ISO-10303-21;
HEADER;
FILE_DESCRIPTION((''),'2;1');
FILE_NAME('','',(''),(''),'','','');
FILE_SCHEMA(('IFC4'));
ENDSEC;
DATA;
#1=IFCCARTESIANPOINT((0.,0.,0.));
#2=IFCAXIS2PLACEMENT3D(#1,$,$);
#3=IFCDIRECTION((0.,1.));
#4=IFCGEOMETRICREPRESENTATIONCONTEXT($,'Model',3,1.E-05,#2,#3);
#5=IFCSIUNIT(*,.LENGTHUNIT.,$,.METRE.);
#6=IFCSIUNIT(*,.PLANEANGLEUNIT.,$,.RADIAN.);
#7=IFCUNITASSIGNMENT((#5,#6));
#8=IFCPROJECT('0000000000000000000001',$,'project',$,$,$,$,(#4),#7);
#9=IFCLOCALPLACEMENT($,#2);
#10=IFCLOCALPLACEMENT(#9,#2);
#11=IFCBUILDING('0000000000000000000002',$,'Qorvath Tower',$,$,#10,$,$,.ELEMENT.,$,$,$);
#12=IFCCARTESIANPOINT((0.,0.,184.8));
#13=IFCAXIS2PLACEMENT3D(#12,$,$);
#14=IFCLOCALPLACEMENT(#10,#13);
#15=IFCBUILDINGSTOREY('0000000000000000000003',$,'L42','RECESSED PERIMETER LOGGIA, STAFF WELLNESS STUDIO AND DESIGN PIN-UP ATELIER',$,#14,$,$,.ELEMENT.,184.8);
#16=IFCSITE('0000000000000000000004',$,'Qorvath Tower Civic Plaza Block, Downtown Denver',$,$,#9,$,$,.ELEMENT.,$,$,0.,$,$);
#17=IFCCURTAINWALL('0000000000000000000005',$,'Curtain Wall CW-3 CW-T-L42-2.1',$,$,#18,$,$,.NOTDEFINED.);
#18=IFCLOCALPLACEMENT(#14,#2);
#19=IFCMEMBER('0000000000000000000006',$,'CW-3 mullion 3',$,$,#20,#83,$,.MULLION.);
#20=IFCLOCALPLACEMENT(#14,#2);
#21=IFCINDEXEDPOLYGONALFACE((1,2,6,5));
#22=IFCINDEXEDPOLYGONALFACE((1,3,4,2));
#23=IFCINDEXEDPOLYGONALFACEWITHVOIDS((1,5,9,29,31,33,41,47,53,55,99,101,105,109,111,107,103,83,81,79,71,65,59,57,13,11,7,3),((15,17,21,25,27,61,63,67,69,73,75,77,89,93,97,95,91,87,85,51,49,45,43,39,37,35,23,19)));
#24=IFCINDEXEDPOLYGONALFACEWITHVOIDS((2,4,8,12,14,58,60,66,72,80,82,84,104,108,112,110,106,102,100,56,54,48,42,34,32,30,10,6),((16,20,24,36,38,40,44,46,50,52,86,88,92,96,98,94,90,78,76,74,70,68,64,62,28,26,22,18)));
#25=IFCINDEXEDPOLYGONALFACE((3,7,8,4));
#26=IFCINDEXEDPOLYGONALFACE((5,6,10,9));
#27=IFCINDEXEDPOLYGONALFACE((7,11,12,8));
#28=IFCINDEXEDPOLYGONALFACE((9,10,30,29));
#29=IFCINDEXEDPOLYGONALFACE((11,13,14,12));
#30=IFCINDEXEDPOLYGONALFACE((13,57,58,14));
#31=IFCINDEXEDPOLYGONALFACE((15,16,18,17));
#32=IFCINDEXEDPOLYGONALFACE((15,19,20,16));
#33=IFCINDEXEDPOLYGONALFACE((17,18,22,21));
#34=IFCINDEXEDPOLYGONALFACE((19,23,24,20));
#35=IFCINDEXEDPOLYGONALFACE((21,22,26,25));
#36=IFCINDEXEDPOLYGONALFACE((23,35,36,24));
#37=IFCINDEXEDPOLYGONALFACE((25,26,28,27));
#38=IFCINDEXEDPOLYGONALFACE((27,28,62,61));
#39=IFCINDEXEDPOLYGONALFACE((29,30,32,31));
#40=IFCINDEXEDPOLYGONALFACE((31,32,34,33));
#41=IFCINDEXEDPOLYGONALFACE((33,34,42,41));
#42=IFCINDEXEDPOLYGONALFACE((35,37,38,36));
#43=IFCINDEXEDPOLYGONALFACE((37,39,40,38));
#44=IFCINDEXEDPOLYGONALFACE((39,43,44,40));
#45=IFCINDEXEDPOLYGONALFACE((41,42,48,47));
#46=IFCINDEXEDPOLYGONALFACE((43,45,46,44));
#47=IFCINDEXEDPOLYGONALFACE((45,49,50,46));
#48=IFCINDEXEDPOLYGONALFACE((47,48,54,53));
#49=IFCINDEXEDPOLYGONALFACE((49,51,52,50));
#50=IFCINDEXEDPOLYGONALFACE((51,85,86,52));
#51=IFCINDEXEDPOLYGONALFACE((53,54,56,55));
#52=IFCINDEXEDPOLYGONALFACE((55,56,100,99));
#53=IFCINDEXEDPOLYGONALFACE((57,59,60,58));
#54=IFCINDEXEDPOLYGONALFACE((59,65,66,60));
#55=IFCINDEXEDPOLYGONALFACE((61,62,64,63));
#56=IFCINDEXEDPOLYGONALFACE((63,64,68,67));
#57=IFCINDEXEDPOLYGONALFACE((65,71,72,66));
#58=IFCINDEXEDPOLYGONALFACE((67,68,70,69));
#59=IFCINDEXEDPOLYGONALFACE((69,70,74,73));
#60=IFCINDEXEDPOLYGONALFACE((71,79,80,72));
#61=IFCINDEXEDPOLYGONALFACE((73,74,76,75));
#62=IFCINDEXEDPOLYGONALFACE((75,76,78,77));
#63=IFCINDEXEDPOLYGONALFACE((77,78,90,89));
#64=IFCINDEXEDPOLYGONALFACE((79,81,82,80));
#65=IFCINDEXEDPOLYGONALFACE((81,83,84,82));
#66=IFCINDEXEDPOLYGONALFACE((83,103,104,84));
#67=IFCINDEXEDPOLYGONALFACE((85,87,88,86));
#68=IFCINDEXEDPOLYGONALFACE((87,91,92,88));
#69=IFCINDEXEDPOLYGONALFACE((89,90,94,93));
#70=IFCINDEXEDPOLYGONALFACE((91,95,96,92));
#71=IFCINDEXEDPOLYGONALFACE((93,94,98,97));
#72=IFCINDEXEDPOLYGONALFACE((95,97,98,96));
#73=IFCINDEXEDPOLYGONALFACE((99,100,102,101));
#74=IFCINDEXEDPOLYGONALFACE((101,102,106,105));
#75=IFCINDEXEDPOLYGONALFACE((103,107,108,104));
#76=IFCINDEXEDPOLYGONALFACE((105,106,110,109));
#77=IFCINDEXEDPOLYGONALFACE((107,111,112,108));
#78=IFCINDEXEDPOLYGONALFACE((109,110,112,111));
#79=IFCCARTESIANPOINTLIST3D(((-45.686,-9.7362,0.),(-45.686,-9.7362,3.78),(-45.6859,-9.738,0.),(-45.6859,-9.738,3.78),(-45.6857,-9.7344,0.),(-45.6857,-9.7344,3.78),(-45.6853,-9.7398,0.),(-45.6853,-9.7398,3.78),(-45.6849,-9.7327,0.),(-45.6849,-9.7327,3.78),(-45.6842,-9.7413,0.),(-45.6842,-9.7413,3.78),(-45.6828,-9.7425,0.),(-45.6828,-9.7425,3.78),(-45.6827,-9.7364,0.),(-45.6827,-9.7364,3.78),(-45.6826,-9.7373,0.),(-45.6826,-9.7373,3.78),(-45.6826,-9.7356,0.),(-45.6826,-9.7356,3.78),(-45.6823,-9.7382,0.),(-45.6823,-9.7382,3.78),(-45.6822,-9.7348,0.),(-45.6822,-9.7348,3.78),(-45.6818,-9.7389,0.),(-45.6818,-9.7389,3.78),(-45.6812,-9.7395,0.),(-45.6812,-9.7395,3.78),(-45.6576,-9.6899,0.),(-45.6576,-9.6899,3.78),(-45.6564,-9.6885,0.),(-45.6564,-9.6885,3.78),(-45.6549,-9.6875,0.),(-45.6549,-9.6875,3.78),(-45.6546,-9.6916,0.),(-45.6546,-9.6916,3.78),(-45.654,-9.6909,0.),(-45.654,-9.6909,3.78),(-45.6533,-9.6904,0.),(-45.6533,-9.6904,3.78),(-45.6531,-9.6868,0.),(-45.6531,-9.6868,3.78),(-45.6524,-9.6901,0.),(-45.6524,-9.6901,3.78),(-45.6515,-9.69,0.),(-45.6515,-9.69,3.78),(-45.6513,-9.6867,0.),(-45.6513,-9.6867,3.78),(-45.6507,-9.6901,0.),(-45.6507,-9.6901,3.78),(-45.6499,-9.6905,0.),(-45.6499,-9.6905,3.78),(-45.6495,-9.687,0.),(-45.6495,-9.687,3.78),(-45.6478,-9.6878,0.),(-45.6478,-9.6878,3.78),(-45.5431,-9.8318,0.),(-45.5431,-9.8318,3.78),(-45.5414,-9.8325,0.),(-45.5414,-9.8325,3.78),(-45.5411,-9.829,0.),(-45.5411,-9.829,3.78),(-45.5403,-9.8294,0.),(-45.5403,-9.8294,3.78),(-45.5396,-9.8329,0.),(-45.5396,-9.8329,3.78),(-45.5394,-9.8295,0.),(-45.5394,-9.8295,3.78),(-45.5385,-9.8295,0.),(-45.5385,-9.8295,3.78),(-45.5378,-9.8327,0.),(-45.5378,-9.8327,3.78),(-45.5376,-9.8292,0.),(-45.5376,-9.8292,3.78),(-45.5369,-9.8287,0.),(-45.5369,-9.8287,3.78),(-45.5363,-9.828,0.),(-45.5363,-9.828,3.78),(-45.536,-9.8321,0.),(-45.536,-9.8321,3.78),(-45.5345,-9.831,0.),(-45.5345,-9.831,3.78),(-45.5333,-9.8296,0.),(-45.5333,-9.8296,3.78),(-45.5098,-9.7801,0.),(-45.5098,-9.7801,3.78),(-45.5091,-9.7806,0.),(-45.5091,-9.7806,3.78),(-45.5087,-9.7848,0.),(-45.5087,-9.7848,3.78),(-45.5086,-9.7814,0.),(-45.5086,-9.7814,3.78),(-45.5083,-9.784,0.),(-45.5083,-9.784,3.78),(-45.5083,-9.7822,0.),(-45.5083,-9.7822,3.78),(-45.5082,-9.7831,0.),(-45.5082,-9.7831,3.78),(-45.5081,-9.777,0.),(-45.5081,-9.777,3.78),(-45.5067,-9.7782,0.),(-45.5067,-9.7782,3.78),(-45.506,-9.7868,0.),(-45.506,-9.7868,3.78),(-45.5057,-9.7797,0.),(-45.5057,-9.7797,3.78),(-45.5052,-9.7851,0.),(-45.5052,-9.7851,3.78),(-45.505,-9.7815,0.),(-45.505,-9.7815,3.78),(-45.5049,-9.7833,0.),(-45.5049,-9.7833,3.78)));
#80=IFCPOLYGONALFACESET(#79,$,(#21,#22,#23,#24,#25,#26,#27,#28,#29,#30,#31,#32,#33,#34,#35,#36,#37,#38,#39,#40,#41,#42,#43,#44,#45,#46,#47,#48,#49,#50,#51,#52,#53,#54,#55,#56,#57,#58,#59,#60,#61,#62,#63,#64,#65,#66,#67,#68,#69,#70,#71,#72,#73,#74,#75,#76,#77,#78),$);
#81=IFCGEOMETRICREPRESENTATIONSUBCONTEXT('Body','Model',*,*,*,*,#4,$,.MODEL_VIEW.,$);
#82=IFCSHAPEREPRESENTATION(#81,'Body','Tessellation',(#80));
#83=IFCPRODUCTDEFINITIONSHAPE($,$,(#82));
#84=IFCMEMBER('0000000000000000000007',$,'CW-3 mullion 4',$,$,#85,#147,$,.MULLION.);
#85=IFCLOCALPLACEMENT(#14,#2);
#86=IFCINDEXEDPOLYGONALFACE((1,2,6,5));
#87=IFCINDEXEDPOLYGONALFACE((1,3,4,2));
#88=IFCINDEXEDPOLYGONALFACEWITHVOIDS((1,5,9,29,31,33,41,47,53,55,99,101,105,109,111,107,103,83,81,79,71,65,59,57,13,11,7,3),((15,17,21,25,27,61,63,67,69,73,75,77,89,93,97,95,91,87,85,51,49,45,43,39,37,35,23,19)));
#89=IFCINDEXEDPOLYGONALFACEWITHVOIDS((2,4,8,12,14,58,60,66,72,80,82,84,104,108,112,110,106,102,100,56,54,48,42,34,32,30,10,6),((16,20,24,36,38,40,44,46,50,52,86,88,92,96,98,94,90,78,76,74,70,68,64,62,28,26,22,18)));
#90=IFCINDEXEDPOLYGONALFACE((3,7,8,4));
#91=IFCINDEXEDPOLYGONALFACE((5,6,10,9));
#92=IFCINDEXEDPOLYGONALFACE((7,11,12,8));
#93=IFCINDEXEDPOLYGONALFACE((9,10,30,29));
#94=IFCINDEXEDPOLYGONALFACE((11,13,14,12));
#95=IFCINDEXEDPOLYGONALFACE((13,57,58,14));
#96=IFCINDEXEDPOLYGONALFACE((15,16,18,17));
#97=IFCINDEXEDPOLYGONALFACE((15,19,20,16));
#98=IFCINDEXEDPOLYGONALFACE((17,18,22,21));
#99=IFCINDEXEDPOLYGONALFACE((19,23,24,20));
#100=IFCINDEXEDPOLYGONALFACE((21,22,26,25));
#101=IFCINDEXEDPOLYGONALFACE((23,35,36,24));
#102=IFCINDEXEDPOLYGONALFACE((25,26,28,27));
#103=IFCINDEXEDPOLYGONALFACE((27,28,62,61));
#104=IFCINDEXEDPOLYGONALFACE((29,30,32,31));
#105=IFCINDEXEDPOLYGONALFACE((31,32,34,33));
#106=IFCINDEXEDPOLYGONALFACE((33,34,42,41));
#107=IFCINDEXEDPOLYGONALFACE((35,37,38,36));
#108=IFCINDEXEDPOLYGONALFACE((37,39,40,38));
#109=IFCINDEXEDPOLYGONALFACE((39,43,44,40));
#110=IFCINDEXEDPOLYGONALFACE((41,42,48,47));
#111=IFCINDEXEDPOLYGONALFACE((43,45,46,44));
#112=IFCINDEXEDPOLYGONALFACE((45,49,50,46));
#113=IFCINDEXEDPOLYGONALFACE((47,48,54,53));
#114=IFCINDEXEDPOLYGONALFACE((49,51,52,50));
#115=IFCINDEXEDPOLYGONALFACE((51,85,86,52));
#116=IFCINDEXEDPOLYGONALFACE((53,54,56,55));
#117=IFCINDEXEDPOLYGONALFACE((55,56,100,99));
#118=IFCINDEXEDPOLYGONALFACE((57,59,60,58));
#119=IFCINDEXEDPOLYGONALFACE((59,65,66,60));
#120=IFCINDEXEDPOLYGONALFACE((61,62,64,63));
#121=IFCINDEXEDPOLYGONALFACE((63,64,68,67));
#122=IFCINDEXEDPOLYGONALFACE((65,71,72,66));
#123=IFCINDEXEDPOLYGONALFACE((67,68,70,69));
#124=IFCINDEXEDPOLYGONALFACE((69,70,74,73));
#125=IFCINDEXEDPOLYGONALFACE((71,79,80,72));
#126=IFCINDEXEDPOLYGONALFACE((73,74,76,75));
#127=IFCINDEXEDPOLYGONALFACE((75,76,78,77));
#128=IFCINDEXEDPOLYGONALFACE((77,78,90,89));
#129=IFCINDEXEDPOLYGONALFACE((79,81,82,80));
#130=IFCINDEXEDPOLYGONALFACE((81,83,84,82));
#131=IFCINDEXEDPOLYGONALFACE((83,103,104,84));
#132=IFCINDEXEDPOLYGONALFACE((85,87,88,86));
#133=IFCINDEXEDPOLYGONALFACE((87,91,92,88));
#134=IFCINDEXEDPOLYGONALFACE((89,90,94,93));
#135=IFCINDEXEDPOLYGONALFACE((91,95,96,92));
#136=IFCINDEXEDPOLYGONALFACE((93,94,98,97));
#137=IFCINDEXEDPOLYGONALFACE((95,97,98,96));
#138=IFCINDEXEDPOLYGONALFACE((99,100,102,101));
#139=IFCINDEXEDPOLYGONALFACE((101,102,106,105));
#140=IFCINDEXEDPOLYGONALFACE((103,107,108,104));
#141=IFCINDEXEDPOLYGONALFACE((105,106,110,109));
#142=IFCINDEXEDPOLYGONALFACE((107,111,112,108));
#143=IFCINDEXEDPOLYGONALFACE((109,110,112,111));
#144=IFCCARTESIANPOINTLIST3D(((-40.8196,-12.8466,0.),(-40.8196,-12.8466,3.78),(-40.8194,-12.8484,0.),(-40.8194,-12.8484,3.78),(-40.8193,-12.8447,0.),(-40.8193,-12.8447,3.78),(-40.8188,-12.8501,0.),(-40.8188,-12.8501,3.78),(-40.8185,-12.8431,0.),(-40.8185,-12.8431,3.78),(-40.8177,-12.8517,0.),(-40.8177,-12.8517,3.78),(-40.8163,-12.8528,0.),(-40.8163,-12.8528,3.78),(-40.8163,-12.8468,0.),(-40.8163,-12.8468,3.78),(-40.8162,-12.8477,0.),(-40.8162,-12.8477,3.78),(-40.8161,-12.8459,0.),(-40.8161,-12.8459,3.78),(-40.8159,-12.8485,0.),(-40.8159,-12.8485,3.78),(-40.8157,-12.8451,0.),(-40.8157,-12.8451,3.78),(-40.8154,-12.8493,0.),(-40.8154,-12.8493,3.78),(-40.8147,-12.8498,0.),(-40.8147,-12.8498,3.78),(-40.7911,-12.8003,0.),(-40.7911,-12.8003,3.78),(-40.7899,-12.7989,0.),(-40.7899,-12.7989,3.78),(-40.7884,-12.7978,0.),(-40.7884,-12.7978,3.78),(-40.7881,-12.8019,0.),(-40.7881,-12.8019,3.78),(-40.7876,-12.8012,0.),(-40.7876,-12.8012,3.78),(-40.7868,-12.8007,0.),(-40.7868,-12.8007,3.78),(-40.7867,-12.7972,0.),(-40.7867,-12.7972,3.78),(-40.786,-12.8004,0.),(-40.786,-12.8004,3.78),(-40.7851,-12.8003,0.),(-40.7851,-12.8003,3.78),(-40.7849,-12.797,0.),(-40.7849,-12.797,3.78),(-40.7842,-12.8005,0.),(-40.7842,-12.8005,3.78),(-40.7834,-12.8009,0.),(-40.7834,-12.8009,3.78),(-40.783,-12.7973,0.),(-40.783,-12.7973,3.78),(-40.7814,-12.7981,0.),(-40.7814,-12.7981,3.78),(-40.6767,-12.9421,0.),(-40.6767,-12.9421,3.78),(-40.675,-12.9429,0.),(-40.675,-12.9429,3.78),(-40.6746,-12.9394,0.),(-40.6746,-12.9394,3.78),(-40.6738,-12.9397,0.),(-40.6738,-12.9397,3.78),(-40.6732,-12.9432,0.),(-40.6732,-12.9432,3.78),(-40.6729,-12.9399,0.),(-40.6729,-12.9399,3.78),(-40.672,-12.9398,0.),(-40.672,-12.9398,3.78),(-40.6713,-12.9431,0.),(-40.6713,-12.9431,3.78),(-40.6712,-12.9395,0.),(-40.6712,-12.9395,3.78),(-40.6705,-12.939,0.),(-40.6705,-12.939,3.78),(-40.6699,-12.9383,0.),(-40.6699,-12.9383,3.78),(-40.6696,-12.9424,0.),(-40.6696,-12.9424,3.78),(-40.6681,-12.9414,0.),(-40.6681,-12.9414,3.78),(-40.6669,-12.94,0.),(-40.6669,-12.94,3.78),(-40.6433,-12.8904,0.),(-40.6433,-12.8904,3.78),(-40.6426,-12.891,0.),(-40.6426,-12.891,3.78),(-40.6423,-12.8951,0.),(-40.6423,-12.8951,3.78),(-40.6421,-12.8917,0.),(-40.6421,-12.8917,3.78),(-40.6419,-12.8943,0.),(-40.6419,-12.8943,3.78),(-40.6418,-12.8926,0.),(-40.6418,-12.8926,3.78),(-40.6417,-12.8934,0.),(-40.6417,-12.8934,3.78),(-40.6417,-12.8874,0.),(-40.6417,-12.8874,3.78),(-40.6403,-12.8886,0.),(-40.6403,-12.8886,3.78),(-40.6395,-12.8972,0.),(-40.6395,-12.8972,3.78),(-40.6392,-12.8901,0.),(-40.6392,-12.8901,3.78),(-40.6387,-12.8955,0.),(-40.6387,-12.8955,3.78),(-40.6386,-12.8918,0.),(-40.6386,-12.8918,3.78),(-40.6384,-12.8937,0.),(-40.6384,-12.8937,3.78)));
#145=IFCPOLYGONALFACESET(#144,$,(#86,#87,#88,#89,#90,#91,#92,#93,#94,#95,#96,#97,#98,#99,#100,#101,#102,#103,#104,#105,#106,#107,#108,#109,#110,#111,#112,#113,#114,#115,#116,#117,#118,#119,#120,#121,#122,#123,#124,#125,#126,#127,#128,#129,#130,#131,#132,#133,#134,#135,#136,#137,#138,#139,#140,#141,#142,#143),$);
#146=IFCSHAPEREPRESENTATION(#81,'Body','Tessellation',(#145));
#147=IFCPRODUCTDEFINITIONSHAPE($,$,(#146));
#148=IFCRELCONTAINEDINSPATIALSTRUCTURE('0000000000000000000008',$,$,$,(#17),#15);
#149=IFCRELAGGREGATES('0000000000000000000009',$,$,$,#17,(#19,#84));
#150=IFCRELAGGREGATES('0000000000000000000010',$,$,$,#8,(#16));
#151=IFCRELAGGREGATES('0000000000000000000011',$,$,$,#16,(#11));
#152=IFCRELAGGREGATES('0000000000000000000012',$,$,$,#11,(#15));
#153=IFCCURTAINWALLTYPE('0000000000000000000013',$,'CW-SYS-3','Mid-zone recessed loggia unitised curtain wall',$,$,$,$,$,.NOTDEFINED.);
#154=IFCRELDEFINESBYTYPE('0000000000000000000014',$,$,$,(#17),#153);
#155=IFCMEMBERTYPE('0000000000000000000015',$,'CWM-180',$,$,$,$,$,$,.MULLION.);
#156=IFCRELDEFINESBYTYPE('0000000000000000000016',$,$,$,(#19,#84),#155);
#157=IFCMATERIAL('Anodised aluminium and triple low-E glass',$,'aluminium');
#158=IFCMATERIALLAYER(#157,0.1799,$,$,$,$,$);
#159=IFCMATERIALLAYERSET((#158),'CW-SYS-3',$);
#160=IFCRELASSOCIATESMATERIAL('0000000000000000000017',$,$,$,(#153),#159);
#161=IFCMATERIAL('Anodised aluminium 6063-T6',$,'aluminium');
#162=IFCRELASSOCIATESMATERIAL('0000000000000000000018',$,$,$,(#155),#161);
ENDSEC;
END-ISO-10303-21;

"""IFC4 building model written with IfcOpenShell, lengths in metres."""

from ifc_helpers import new_model, si_unit, direction, frame, origin, origin_2d, place, context, subcontext, project, spatial, hollow_rectangle, extrude, material, layer, layer_set, material_profile, profile_set, type_object, element, aggregate, save


model = new_model("IFC4")

# Units and contexts
model_context = context("Model", 3, precision=1e-05, world=origin(), true_north=direction((0.0, 1.0)))
body_context = subcontext(model_context, "Body", "Model", "MODEL_VIEW")
ifc_project = project(units=[si_unit("LENGTHUNIT", "METRE"), si_unit("PLANEANGLEUNIT", "RADIAN")], contexts=[model_context])

# Site, building, storey
site_placement = place(None, origin())
site = spatial("IfcSite", under=ifc_project, at=site_placement, Name="Qorvath Tower Civic Plaza Block, Downtown Denver", CompositionType="ELEMENT", RefElevation=0.0)
building_placement = place(site_placement, origin())
building = spatial("IfcBuilding", under=site, at=building_placement, Name="Qorvath Tower", CompositionType="ELEMENT")
storey_placement = place(building_placement, frame((0.0, 0.0, 184.8)))
storey = spatial("IfcBuildingStorey", under=building, at=storey_placement, Name="L42", Description="RECESSED PERIMETER LOGGIA, STAFF WELLNESS STUDIO AND DESIGN PIN-UP ATELIER", CompositionType="ELEMENT", Elevation=184.8)

# Curtain wall, members
ifc_material_1 = material(Name="Anodised aluminium and triple low-E glass", Category="aluminium")
ifc_layer_1 = layer(ifc_material_1, 0.1799)
ifc_layer_set_1 = layer_set([ifc_layer_1], Name="CW-SYS-3")
curtain_wall_type = type_object("IfcCurtainWallType", Name="CW-SYS-3", Description="Mid-zone recessed loggia unitised curtain wall", PredefinedType="NOTDEFINED", material=ifc_layer_set_1)
curtain_wall_placement = place(storey_placement, origin())
curtain_wall = element("IfcCurtainWall", 1, at=curtain_wall_placement, inside=storey, type_object=curtain_wall_type, Name="Curtain Wall CW-3 CW-T-L42-2.1", PredefinedType="NOTDEFINED")
ifc_material_2 = material(Name="Anodised aluminium 6063-T6", Category="aluminium")
ifc_material_profile_1 = material_profile(ifc_material_2, hollow_rectangle(XDim=0.0649, YDim=0.1799, WallThickness=0.0034, InnerFilletRadius=0.0034, OuterFilletRadius=0.0071, at=origin_2d()), Name="CWM 180x65")
ifc_profile_set_1 = profile_set([ifc_material_profile_1], Name="Anodised aluminium 6063-T6")
member_type_1 = type_object("IfcMemberType", Name="CWM-180", PredefinedType="MULLION", material=ifc_profile_set_1)
member_1_placement = place(storey_placement, frame((-45.5955, -9.7598, 0.0), z_axis=(0.0, 0.0, 1.0), x_axis=(0.53853, 0.842607, 0.0)))
member_1 = element("IfcMember", 2, at=member_1_placement, type_object=member_type_1, Name="CW-3 mullion 3", PredefinedType="MULLION", context=body_context, shape_type="SweptSolid", body=[
    extrude(hollow_rectangle(XDim=0.0649, YDim=0.1799, WallThickness=0.0034, InnerFilletRadius=0.0034, OuterFilletRadius=0.0071, at=origin_2d()), origin(), (0.0, 0.0, 1.0), 3.78),
])
member_2_placement = place(storey_placement, frame((-40.729, -12.8701, 0.0), z_axis=(0.0, 0.0, 1.0), x_axis=(0.53853, 0.842607, 0.0)))
member_2 = element("IfcMember", 3, at=member_2_placement, type_object=member_type_1, Name="CW-3 mullion 4", PredefinedType="MULLION", context=body_context, shape_type="SweptSolid", body=[
    extrude(hollow_rectangle(XDim=0.0649, YDim=0.1799, WallThickness=0.0034, InnerFilletRadius=0.0034, OuterFilletRadius=0.0071, at=origin_2d()), origin(), (0.0, 0.0, 1.0), 3.78),
])
aggregate(curtain_wall, [member_1, member_2])

save(model, "model.ifc")
